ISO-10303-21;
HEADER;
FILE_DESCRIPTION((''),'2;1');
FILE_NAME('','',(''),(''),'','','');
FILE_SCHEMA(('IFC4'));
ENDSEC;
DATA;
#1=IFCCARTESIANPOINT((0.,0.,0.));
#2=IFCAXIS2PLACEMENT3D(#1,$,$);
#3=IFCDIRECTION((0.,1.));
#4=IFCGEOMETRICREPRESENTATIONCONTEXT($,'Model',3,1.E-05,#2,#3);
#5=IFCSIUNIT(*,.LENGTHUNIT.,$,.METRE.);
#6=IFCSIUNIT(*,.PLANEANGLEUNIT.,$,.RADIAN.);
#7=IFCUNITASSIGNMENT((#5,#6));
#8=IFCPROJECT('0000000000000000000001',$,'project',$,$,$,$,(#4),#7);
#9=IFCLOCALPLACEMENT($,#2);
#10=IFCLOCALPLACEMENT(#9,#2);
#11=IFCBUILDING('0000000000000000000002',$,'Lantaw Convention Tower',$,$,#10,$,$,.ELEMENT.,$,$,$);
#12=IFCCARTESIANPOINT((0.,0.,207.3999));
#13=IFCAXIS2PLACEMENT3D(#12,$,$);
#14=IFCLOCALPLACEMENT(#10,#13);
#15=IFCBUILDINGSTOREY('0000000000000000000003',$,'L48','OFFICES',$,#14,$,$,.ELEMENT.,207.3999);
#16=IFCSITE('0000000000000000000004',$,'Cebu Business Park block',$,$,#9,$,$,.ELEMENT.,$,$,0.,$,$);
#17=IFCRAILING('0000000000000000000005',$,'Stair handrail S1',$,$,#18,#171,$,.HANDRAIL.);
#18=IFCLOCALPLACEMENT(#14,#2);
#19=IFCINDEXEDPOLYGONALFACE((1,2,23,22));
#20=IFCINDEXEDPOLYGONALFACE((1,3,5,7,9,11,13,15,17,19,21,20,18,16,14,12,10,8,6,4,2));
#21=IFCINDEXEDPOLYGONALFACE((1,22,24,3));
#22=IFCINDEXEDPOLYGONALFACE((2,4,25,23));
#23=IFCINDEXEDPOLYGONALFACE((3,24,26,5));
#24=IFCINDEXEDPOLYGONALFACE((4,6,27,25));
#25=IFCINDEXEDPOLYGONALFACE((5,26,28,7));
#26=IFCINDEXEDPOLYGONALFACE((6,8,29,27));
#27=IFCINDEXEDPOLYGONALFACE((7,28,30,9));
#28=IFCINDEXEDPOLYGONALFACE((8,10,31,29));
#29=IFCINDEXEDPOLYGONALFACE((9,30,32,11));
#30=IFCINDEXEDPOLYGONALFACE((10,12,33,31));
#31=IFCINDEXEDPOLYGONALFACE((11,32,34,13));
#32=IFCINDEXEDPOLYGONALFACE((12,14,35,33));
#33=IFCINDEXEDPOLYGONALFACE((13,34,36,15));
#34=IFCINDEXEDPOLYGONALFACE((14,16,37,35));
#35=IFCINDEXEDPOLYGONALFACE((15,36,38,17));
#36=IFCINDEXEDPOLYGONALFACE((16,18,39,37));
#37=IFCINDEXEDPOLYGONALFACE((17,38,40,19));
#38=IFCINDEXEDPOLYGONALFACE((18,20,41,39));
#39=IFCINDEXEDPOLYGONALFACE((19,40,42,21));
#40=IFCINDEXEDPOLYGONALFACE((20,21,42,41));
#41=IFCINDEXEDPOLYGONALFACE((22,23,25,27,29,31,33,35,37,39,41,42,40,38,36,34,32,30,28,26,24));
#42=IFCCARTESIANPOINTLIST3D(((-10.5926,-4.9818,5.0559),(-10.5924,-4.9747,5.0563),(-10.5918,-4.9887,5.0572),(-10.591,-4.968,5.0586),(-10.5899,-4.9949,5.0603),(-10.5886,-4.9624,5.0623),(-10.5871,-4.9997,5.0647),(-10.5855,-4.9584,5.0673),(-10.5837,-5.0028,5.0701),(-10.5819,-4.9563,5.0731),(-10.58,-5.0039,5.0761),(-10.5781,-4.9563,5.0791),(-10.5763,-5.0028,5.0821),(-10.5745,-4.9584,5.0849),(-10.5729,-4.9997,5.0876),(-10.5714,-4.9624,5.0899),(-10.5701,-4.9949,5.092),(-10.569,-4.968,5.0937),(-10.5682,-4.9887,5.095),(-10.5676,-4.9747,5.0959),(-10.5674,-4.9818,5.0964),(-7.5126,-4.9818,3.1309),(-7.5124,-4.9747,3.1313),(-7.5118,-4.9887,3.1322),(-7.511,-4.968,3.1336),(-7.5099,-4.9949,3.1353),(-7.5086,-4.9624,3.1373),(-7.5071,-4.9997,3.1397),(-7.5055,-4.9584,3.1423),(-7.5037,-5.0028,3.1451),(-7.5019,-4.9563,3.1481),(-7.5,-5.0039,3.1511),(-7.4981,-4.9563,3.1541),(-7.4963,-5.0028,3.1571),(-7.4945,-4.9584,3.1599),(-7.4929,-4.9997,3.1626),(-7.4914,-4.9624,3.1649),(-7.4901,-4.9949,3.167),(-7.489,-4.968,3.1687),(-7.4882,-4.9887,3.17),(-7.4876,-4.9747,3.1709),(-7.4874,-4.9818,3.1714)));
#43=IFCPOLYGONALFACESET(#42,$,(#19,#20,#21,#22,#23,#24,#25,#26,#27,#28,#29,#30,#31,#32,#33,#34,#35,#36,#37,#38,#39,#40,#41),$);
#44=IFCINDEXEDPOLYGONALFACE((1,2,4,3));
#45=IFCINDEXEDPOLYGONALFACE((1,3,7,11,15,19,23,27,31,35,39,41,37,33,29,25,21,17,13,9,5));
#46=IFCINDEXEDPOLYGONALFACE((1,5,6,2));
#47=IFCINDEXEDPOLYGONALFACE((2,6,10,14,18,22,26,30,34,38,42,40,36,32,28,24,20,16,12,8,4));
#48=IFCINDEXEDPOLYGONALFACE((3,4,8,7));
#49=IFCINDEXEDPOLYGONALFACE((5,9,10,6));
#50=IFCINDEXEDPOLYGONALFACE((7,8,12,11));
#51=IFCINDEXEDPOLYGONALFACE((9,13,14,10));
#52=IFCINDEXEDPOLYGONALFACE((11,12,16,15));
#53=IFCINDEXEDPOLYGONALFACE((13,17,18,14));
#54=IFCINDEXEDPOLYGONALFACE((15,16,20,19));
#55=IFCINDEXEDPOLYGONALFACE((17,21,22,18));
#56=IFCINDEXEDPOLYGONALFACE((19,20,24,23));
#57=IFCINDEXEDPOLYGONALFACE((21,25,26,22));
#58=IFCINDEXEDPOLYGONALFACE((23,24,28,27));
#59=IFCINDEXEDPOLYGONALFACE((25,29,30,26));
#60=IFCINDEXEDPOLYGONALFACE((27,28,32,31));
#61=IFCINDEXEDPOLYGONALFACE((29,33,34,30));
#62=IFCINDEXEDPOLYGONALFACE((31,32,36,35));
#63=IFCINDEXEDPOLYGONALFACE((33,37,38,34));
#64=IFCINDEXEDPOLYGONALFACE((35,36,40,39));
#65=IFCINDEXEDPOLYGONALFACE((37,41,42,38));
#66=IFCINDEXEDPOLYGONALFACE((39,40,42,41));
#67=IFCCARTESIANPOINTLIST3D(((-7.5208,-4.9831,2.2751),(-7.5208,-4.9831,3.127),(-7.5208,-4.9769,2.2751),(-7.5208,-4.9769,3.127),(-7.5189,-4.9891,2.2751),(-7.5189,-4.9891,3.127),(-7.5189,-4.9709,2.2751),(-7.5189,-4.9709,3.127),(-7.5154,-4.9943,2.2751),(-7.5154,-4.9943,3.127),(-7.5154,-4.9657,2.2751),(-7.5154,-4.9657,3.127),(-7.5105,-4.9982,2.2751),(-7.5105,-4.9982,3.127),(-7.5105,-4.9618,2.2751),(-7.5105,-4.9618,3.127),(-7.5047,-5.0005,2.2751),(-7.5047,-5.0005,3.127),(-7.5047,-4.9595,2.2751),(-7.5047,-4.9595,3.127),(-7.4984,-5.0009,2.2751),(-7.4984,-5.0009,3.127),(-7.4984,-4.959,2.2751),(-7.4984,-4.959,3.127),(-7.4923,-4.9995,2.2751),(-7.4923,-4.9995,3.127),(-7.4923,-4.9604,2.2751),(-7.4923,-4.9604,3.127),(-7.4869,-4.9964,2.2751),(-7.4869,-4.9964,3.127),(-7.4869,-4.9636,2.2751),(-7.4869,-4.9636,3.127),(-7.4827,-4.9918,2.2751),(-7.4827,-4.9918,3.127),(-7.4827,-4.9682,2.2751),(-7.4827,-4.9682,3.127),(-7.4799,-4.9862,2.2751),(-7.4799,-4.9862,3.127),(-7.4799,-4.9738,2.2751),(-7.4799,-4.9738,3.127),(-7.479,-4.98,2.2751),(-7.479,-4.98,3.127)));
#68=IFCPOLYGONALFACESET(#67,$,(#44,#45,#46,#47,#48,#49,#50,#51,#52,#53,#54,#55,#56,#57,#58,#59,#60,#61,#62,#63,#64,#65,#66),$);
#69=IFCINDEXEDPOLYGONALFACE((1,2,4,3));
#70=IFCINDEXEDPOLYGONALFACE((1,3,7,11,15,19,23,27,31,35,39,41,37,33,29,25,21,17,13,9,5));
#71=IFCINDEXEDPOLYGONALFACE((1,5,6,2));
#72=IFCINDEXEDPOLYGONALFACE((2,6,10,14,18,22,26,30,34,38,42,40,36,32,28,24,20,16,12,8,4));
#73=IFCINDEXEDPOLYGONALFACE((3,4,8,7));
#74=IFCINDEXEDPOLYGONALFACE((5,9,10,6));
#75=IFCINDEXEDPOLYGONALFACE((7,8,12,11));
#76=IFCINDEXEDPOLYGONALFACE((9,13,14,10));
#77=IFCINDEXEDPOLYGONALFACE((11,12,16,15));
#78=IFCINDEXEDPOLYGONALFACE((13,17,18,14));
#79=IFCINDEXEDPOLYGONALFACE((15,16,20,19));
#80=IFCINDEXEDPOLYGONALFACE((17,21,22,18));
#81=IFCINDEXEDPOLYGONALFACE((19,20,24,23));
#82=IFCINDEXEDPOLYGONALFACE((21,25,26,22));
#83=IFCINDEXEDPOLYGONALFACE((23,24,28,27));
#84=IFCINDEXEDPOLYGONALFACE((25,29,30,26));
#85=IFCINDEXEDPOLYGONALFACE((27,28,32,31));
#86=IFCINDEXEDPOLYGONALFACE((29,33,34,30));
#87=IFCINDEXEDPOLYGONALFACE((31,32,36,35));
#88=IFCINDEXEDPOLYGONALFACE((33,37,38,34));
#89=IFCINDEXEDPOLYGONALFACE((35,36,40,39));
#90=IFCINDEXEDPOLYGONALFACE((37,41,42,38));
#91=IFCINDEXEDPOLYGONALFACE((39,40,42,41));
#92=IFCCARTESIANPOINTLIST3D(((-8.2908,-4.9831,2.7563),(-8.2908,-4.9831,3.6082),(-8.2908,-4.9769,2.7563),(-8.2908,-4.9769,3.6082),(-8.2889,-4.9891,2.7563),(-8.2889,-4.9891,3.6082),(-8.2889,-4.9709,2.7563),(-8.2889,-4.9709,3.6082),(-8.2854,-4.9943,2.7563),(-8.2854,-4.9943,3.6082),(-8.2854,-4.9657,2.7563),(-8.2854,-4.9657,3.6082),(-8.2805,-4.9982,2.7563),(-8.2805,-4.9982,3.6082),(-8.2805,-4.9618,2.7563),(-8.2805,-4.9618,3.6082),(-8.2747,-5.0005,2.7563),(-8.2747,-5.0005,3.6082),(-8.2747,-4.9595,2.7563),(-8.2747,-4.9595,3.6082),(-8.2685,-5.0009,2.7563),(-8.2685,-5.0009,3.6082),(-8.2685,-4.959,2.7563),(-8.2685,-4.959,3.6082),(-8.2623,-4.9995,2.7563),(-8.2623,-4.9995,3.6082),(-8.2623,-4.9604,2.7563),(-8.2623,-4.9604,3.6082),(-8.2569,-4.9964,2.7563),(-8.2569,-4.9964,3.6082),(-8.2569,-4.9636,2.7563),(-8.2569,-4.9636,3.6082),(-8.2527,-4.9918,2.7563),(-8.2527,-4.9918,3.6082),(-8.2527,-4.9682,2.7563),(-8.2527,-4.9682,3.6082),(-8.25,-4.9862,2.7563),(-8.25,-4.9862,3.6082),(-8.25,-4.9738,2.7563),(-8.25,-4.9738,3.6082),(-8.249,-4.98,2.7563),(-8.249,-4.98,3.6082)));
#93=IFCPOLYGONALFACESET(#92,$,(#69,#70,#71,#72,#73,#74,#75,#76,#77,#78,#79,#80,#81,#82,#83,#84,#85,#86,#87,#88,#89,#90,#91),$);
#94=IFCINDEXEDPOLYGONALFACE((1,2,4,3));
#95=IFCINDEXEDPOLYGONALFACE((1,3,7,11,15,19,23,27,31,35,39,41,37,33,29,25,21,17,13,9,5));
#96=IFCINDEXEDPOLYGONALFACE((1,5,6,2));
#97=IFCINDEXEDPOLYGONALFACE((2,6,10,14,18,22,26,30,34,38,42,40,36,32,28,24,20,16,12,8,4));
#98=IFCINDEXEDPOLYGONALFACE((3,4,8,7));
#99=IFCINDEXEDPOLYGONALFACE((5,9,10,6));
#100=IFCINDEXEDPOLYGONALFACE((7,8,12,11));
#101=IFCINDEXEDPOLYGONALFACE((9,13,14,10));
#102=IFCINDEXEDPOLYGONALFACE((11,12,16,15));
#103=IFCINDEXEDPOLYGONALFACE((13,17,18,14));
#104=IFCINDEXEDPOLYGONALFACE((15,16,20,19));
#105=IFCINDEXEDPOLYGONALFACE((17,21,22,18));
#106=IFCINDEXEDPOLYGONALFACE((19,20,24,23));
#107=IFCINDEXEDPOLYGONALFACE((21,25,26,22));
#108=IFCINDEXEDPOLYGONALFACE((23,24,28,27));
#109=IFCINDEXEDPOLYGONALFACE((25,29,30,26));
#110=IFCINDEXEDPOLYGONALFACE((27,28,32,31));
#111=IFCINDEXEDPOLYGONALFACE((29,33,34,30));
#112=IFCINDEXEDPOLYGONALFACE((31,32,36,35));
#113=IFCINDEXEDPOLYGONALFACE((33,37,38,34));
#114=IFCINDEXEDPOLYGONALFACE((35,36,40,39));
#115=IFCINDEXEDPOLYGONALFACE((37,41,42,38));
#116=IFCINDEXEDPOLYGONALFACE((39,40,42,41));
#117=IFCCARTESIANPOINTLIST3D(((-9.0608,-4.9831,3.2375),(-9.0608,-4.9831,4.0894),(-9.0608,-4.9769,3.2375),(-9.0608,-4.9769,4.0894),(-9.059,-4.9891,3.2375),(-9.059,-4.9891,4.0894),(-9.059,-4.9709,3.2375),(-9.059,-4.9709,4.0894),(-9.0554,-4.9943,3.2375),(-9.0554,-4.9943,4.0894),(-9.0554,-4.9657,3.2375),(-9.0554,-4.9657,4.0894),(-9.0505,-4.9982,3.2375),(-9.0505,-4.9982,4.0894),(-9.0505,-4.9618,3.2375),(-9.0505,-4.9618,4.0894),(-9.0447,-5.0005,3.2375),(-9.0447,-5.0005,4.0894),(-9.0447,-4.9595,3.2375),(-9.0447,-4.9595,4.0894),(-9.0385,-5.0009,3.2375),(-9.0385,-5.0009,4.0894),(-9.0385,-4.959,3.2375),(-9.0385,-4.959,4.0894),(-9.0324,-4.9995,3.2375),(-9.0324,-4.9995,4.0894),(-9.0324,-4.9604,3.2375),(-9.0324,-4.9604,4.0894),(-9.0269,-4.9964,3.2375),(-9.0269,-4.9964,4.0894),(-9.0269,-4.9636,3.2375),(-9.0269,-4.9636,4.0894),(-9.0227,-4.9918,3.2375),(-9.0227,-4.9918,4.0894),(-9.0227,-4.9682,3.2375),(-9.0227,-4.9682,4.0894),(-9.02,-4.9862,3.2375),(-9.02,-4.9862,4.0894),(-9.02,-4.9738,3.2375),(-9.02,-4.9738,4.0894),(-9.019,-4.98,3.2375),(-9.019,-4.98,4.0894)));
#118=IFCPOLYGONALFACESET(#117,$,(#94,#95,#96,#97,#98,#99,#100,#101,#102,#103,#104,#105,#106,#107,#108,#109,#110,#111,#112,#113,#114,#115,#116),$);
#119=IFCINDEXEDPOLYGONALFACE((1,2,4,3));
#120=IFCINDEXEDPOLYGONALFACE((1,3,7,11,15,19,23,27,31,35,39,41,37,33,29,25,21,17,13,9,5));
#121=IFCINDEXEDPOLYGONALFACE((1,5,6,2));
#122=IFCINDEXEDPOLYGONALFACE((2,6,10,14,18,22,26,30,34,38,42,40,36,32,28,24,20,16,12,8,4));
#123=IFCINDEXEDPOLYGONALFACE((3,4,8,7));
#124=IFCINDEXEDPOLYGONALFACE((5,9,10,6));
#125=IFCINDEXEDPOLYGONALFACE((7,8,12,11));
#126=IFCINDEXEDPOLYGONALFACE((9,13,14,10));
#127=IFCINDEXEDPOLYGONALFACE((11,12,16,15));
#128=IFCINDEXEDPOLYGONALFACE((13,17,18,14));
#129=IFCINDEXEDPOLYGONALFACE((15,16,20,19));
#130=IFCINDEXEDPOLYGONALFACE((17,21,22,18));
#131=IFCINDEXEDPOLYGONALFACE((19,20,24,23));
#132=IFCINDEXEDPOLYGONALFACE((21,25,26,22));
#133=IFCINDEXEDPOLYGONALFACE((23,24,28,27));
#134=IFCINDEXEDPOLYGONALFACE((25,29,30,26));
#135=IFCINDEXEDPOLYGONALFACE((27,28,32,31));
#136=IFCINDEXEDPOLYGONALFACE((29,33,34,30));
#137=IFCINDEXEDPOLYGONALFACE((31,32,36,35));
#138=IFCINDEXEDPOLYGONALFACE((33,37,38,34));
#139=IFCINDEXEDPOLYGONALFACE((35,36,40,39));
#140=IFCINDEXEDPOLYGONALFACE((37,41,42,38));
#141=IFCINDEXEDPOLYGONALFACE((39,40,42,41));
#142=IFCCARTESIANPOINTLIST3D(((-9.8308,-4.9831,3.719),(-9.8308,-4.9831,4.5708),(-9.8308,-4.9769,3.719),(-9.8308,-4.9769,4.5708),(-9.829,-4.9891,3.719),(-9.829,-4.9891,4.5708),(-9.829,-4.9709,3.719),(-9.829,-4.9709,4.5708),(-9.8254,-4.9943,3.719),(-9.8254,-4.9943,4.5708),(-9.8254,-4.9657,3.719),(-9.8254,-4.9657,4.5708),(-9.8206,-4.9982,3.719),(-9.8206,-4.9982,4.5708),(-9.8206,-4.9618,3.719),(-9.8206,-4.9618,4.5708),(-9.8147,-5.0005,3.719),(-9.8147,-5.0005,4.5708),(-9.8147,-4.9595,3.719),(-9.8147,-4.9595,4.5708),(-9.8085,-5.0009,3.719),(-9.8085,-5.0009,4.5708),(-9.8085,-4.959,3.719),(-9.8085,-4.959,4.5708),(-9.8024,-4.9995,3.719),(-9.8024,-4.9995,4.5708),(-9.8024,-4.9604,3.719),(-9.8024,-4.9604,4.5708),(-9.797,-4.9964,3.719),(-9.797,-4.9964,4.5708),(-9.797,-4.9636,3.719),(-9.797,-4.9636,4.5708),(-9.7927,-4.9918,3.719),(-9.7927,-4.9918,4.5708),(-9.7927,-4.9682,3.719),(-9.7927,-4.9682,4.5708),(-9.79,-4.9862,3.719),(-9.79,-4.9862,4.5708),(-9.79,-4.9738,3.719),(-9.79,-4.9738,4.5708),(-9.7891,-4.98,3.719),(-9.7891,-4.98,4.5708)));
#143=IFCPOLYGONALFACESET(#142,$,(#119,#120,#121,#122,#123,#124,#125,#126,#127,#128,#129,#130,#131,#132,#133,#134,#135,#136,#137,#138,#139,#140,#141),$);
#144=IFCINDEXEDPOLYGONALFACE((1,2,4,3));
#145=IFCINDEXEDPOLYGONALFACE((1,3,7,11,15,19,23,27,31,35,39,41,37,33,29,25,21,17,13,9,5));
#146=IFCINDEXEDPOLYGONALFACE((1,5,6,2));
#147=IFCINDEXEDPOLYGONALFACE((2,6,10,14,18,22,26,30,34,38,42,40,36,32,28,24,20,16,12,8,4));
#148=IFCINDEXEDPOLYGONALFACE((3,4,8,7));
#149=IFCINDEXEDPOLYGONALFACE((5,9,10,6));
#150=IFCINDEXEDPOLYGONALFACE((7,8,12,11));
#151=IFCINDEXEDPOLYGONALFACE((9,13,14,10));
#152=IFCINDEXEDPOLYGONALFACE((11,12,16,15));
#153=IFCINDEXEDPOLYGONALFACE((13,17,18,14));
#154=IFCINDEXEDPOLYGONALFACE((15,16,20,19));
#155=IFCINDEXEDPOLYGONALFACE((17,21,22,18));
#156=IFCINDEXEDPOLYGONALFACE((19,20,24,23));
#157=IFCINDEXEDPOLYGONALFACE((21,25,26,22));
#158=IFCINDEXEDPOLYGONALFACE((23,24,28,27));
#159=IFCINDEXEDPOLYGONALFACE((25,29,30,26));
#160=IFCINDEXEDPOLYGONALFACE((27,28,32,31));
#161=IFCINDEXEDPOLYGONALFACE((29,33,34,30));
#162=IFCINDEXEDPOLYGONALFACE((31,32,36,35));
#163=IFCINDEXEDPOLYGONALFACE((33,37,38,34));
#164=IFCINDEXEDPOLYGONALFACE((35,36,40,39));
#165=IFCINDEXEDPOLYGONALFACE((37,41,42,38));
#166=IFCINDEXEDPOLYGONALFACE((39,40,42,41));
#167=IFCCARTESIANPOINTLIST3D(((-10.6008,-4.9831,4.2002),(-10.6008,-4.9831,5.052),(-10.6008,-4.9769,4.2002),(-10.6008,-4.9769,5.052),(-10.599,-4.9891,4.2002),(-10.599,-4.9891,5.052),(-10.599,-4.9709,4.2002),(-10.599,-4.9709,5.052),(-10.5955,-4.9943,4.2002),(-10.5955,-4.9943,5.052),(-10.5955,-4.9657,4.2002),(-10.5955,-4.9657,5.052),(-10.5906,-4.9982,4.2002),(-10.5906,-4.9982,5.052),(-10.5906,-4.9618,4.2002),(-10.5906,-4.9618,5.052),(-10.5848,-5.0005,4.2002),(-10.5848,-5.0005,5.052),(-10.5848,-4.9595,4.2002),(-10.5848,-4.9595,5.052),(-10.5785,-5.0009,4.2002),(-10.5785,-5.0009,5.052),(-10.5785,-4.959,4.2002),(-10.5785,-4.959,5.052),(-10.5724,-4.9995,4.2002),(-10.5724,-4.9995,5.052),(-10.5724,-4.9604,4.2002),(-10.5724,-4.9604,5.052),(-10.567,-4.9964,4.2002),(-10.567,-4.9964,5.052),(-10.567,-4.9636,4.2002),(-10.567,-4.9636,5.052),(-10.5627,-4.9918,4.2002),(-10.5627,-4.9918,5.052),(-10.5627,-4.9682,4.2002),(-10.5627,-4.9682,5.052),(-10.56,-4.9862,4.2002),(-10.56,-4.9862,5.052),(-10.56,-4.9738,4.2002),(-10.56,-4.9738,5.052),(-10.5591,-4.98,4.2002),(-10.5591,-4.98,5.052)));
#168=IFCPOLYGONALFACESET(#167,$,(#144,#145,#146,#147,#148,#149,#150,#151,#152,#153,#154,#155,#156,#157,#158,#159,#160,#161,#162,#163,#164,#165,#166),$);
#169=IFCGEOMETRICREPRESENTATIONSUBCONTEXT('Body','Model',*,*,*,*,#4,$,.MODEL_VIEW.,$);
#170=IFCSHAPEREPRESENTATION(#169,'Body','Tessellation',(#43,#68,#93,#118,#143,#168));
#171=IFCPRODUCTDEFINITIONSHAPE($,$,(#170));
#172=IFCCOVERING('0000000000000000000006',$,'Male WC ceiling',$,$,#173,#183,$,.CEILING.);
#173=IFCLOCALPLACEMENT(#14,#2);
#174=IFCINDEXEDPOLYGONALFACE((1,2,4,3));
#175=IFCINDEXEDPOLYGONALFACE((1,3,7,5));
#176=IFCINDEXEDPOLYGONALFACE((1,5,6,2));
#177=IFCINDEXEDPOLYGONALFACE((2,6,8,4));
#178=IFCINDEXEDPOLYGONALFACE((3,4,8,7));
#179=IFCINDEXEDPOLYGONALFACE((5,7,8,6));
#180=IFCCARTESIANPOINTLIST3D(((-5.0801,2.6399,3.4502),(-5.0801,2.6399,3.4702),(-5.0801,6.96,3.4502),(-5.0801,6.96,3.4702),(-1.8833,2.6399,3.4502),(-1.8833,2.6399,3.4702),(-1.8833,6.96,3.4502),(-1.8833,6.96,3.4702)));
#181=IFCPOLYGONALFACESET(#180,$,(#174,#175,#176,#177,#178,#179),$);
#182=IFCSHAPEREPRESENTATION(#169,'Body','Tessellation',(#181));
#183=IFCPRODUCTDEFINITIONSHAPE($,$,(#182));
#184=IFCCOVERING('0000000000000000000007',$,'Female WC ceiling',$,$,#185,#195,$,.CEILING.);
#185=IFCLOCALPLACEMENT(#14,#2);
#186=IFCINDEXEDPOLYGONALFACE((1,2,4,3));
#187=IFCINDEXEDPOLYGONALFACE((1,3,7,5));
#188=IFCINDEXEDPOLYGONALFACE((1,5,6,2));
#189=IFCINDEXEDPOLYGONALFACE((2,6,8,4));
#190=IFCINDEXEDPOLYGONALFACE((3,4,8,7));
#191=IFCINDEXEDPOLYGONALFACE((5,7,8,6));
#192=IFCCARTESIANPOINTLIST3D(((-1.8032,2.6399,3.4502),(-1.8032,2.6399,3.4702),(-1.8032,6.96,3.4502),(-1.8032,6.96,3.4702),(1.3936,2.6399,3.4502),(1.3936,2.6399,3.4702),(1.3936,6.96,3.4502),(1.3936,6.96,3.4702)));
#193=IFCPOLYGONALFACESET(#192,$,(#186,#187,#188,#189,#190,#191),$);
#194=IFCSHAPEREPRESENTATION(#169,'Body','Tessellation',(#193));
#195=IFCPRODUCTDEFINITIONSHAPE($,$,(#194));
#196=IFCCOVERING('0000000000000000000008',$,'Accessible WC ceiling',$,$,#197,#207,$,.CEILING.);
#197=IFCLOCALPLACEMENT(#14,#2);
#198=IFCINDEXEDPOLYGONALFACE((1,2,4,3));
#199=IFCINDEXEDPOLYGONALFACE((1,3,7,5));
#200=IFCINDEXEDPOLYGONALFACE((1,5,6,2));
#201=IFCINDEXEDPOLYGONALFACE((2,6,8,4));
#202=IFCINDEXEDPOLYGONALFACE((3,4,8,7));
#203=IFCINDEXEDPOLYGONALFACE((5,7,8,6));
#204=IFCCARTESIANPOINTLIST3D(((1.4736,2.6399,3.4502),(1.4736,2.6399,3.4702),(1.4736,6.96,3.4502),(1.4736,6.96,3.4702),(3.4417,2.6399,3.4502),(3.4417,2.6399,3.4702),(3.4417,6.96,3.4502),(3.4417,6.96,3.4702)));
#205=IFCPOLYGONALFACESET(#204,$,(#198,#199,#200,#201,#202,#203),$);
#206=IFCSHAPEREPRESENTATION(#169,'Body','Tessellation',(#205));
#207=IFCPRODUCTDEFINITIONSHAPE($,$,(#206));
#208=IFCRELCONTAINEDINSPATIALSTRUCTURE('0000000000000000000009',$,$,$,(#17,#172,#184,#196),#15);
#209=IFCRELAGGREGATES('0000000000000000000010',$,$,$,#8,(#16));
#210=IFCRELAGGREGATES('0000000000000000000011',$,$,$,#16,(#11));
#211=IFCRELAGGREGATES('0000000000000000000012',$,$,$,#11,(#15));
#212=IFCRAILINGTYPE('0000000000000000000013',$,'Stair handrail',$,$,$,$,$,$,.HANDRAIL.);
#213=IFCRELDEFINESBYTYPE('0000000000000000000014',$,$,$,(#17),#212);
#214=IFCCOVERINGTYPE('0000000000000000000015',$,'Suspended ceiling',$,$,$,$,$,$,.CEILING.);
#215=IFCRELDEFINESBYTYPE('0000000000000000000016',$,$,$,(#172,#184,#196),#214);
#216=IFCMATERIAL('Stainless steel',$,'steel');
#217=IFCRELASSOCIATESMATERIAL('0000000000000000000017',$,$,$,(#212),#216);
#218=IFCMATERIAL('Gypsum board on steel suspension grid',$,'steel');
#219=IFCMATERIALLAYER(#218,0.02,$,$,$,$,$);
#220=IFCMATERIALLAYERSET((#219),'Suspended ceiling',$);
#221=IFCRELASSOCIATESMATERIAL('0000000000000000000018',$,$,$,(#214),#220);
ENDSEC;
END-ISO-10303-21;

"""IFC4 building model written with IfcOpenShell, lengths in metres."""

from ifc_helpers import new_model, si_unit, direction, frame, origin, origin_2d, place, context, subcontext, project, spatial, polyline, circle, outline, extrude, material, layer, layer_set, type_object, element, save


model = new_model("IFC4")

# Units and contexts
model_context = context("Model", 3, precision=1e-05, world=origin(), true_north=direction((0.0, 1.0)))
body_context = subcontext(model_context, "Body", "Model", "MODEL_VIEW")
ifc_project = project(units=[si_unit("LENGTHUNIT", "METRE"), si_unit("PLANEANGLEUNIT", "RADIAN")], contexts=[model_context])

# Site, building, storey
site_placement = place(None, origin())
site = spatial("IfcSite", under=ifc_project, at=site_placement, Name="Cebu Business Park block", CompositionType="ELEMENT", RefElevation=0.0)
building_placement = place(site_placement, origin())
building = spatial("IfcBuilding", under=site, at=building_placement, Name="Lantaw Convention Tower", CompositionType="ELEMENT")
storey_placement = place(building_placement, frame((0.0, 0.0, 207.3999)))
storey = spatial("IfcBuildingStorey", under=building, at=storey_placement, Name="L48", Description="OFFICES", CompositionType="ELEMENT", Elevation=207.3999)

# Shared definitions
ifc_material_1 = material(Name="Stainless steel", Category="steel")

# Railing
railing_type = type_object("IfcRailingType", Name="Stair handrail", PredefinedType="HANDRAIL", material=ifc_material_1)
railing_1_placement = place(storey_placement, frame((-7.5, -4.98, 2.2751)))
element("IfcRailing", 1, at=railing_1_placement, inside=storey, type_object=railing_type, Name="Stair handrail S1", PredefinedType="HANDRAIL", context=body_context, shape_type="SweptSolid", body=[
    extrude(circle(Radius=0.0239, at=origin_2d()), frame((0.0, 0.0, 0.876), z_axis=(-0.847998, 0.0, 0.529999), x_axis=(0.0, -1.0, 0.0)), (0.0, 0.0, 1.0), 3.6321),
    extrude(circle(Radius=0.021, at=origin_2d()), origin(), (0.0, 0.0, 1.0), 0.8518),
    extrude(circle(Radius=0.021, at=origin_2d()), frame((-0.77, 0.0, 0.4812)), (0.0, 0.0, 1.0), 0.8518),
    extrude(circle(Radius=0.021, at=origin_2d()), frame((-1.54, 0.0, 0.9624)), (0.0, 0.0, 1.0), 0.8518),
    extrude(circle(Radius=0.021, at=origin_2d()), frame((-2.3101, 0.0, 1.4438)), (0.0, 0.0, 1.0), 0.8518),
    extrude(circle(Radius=0.021, at=origin_2d()), frame((-3.0801, 0.0, 1.925)), (0.0, 0.0, 1.0), 0.8518),
])

# Coverings
ifc_material_2 = material(Name="Gypsum board on steel suspension grid", Category="steel")
ifc_layer_1 = layer(ifc_material_2, 0.02)
ifc_layer_set_1 = layer_set([ifc_layer_1], Name="Suspended ceiling")
covering_type = type_object("IfcCoveringType", Name="Suspended ceiling", PredefinedType="CEILING", material=ifc_layer_set_1)
covering_1_placement = place(storey_placement, frame((0.0, 0.0, 3.4502)))
element("IfcCovering", 2, at=covering_1_placement, inside=storey, type_object=covering_type, Name="Male WC ceiling", PredefinedType="CEILING", context=body_context, shape_type="SweptSolid", body=[
    extrude(outline(polyline([(-5.0801, 2.6399), (-1.8833, 2.6399), (-1.8833, 6.96), (-5.0801, 6.96), (-5.0801, 2.6399)])), origin(), (0.0, 0.0, 1.0), 0.02),
])
covering_2_placement = place(storey_placement, frame((0.0, 0.0, 3.4502)))
element("IfcCovering", 3, at=covering_2_placement, inside=storey, type_object=covering_type, Name="Female WC ceiling", PredefinedType="CEILING", context=body_context, shape_type="SweptSolid", body=[
    extrude(outline(polyline([(-1.8032, 2.6399), (1.3936, 2.6399), (1.3936, 6.96), (-1.8032, 6.96), (-1.8032, 2.6399)])), origin(), (0.0, 0.0, 1.0), 0.02),
])
covering_3_placement = place(storey_placement, frame((0.0, 0.0, 3.4502)))
element("IfcCovering", 4, at=covering_3_placement, inside=storey, type_object=covering_type, Name="Accessible WC ceiling", PredefinedType="CEILING", context=body_context, shape_type="SweptSolid", body=[
    extrude(outline(polyline([(1.4736, 2.6399), (3.4417, 2.6399), (3.4417, 6.96), (1.4736, 6.96), (1.4736, 2.6399)])), origin(), (0.0, 0.0, 1.0), 0.02),
])

save(model, "model.ifc")
